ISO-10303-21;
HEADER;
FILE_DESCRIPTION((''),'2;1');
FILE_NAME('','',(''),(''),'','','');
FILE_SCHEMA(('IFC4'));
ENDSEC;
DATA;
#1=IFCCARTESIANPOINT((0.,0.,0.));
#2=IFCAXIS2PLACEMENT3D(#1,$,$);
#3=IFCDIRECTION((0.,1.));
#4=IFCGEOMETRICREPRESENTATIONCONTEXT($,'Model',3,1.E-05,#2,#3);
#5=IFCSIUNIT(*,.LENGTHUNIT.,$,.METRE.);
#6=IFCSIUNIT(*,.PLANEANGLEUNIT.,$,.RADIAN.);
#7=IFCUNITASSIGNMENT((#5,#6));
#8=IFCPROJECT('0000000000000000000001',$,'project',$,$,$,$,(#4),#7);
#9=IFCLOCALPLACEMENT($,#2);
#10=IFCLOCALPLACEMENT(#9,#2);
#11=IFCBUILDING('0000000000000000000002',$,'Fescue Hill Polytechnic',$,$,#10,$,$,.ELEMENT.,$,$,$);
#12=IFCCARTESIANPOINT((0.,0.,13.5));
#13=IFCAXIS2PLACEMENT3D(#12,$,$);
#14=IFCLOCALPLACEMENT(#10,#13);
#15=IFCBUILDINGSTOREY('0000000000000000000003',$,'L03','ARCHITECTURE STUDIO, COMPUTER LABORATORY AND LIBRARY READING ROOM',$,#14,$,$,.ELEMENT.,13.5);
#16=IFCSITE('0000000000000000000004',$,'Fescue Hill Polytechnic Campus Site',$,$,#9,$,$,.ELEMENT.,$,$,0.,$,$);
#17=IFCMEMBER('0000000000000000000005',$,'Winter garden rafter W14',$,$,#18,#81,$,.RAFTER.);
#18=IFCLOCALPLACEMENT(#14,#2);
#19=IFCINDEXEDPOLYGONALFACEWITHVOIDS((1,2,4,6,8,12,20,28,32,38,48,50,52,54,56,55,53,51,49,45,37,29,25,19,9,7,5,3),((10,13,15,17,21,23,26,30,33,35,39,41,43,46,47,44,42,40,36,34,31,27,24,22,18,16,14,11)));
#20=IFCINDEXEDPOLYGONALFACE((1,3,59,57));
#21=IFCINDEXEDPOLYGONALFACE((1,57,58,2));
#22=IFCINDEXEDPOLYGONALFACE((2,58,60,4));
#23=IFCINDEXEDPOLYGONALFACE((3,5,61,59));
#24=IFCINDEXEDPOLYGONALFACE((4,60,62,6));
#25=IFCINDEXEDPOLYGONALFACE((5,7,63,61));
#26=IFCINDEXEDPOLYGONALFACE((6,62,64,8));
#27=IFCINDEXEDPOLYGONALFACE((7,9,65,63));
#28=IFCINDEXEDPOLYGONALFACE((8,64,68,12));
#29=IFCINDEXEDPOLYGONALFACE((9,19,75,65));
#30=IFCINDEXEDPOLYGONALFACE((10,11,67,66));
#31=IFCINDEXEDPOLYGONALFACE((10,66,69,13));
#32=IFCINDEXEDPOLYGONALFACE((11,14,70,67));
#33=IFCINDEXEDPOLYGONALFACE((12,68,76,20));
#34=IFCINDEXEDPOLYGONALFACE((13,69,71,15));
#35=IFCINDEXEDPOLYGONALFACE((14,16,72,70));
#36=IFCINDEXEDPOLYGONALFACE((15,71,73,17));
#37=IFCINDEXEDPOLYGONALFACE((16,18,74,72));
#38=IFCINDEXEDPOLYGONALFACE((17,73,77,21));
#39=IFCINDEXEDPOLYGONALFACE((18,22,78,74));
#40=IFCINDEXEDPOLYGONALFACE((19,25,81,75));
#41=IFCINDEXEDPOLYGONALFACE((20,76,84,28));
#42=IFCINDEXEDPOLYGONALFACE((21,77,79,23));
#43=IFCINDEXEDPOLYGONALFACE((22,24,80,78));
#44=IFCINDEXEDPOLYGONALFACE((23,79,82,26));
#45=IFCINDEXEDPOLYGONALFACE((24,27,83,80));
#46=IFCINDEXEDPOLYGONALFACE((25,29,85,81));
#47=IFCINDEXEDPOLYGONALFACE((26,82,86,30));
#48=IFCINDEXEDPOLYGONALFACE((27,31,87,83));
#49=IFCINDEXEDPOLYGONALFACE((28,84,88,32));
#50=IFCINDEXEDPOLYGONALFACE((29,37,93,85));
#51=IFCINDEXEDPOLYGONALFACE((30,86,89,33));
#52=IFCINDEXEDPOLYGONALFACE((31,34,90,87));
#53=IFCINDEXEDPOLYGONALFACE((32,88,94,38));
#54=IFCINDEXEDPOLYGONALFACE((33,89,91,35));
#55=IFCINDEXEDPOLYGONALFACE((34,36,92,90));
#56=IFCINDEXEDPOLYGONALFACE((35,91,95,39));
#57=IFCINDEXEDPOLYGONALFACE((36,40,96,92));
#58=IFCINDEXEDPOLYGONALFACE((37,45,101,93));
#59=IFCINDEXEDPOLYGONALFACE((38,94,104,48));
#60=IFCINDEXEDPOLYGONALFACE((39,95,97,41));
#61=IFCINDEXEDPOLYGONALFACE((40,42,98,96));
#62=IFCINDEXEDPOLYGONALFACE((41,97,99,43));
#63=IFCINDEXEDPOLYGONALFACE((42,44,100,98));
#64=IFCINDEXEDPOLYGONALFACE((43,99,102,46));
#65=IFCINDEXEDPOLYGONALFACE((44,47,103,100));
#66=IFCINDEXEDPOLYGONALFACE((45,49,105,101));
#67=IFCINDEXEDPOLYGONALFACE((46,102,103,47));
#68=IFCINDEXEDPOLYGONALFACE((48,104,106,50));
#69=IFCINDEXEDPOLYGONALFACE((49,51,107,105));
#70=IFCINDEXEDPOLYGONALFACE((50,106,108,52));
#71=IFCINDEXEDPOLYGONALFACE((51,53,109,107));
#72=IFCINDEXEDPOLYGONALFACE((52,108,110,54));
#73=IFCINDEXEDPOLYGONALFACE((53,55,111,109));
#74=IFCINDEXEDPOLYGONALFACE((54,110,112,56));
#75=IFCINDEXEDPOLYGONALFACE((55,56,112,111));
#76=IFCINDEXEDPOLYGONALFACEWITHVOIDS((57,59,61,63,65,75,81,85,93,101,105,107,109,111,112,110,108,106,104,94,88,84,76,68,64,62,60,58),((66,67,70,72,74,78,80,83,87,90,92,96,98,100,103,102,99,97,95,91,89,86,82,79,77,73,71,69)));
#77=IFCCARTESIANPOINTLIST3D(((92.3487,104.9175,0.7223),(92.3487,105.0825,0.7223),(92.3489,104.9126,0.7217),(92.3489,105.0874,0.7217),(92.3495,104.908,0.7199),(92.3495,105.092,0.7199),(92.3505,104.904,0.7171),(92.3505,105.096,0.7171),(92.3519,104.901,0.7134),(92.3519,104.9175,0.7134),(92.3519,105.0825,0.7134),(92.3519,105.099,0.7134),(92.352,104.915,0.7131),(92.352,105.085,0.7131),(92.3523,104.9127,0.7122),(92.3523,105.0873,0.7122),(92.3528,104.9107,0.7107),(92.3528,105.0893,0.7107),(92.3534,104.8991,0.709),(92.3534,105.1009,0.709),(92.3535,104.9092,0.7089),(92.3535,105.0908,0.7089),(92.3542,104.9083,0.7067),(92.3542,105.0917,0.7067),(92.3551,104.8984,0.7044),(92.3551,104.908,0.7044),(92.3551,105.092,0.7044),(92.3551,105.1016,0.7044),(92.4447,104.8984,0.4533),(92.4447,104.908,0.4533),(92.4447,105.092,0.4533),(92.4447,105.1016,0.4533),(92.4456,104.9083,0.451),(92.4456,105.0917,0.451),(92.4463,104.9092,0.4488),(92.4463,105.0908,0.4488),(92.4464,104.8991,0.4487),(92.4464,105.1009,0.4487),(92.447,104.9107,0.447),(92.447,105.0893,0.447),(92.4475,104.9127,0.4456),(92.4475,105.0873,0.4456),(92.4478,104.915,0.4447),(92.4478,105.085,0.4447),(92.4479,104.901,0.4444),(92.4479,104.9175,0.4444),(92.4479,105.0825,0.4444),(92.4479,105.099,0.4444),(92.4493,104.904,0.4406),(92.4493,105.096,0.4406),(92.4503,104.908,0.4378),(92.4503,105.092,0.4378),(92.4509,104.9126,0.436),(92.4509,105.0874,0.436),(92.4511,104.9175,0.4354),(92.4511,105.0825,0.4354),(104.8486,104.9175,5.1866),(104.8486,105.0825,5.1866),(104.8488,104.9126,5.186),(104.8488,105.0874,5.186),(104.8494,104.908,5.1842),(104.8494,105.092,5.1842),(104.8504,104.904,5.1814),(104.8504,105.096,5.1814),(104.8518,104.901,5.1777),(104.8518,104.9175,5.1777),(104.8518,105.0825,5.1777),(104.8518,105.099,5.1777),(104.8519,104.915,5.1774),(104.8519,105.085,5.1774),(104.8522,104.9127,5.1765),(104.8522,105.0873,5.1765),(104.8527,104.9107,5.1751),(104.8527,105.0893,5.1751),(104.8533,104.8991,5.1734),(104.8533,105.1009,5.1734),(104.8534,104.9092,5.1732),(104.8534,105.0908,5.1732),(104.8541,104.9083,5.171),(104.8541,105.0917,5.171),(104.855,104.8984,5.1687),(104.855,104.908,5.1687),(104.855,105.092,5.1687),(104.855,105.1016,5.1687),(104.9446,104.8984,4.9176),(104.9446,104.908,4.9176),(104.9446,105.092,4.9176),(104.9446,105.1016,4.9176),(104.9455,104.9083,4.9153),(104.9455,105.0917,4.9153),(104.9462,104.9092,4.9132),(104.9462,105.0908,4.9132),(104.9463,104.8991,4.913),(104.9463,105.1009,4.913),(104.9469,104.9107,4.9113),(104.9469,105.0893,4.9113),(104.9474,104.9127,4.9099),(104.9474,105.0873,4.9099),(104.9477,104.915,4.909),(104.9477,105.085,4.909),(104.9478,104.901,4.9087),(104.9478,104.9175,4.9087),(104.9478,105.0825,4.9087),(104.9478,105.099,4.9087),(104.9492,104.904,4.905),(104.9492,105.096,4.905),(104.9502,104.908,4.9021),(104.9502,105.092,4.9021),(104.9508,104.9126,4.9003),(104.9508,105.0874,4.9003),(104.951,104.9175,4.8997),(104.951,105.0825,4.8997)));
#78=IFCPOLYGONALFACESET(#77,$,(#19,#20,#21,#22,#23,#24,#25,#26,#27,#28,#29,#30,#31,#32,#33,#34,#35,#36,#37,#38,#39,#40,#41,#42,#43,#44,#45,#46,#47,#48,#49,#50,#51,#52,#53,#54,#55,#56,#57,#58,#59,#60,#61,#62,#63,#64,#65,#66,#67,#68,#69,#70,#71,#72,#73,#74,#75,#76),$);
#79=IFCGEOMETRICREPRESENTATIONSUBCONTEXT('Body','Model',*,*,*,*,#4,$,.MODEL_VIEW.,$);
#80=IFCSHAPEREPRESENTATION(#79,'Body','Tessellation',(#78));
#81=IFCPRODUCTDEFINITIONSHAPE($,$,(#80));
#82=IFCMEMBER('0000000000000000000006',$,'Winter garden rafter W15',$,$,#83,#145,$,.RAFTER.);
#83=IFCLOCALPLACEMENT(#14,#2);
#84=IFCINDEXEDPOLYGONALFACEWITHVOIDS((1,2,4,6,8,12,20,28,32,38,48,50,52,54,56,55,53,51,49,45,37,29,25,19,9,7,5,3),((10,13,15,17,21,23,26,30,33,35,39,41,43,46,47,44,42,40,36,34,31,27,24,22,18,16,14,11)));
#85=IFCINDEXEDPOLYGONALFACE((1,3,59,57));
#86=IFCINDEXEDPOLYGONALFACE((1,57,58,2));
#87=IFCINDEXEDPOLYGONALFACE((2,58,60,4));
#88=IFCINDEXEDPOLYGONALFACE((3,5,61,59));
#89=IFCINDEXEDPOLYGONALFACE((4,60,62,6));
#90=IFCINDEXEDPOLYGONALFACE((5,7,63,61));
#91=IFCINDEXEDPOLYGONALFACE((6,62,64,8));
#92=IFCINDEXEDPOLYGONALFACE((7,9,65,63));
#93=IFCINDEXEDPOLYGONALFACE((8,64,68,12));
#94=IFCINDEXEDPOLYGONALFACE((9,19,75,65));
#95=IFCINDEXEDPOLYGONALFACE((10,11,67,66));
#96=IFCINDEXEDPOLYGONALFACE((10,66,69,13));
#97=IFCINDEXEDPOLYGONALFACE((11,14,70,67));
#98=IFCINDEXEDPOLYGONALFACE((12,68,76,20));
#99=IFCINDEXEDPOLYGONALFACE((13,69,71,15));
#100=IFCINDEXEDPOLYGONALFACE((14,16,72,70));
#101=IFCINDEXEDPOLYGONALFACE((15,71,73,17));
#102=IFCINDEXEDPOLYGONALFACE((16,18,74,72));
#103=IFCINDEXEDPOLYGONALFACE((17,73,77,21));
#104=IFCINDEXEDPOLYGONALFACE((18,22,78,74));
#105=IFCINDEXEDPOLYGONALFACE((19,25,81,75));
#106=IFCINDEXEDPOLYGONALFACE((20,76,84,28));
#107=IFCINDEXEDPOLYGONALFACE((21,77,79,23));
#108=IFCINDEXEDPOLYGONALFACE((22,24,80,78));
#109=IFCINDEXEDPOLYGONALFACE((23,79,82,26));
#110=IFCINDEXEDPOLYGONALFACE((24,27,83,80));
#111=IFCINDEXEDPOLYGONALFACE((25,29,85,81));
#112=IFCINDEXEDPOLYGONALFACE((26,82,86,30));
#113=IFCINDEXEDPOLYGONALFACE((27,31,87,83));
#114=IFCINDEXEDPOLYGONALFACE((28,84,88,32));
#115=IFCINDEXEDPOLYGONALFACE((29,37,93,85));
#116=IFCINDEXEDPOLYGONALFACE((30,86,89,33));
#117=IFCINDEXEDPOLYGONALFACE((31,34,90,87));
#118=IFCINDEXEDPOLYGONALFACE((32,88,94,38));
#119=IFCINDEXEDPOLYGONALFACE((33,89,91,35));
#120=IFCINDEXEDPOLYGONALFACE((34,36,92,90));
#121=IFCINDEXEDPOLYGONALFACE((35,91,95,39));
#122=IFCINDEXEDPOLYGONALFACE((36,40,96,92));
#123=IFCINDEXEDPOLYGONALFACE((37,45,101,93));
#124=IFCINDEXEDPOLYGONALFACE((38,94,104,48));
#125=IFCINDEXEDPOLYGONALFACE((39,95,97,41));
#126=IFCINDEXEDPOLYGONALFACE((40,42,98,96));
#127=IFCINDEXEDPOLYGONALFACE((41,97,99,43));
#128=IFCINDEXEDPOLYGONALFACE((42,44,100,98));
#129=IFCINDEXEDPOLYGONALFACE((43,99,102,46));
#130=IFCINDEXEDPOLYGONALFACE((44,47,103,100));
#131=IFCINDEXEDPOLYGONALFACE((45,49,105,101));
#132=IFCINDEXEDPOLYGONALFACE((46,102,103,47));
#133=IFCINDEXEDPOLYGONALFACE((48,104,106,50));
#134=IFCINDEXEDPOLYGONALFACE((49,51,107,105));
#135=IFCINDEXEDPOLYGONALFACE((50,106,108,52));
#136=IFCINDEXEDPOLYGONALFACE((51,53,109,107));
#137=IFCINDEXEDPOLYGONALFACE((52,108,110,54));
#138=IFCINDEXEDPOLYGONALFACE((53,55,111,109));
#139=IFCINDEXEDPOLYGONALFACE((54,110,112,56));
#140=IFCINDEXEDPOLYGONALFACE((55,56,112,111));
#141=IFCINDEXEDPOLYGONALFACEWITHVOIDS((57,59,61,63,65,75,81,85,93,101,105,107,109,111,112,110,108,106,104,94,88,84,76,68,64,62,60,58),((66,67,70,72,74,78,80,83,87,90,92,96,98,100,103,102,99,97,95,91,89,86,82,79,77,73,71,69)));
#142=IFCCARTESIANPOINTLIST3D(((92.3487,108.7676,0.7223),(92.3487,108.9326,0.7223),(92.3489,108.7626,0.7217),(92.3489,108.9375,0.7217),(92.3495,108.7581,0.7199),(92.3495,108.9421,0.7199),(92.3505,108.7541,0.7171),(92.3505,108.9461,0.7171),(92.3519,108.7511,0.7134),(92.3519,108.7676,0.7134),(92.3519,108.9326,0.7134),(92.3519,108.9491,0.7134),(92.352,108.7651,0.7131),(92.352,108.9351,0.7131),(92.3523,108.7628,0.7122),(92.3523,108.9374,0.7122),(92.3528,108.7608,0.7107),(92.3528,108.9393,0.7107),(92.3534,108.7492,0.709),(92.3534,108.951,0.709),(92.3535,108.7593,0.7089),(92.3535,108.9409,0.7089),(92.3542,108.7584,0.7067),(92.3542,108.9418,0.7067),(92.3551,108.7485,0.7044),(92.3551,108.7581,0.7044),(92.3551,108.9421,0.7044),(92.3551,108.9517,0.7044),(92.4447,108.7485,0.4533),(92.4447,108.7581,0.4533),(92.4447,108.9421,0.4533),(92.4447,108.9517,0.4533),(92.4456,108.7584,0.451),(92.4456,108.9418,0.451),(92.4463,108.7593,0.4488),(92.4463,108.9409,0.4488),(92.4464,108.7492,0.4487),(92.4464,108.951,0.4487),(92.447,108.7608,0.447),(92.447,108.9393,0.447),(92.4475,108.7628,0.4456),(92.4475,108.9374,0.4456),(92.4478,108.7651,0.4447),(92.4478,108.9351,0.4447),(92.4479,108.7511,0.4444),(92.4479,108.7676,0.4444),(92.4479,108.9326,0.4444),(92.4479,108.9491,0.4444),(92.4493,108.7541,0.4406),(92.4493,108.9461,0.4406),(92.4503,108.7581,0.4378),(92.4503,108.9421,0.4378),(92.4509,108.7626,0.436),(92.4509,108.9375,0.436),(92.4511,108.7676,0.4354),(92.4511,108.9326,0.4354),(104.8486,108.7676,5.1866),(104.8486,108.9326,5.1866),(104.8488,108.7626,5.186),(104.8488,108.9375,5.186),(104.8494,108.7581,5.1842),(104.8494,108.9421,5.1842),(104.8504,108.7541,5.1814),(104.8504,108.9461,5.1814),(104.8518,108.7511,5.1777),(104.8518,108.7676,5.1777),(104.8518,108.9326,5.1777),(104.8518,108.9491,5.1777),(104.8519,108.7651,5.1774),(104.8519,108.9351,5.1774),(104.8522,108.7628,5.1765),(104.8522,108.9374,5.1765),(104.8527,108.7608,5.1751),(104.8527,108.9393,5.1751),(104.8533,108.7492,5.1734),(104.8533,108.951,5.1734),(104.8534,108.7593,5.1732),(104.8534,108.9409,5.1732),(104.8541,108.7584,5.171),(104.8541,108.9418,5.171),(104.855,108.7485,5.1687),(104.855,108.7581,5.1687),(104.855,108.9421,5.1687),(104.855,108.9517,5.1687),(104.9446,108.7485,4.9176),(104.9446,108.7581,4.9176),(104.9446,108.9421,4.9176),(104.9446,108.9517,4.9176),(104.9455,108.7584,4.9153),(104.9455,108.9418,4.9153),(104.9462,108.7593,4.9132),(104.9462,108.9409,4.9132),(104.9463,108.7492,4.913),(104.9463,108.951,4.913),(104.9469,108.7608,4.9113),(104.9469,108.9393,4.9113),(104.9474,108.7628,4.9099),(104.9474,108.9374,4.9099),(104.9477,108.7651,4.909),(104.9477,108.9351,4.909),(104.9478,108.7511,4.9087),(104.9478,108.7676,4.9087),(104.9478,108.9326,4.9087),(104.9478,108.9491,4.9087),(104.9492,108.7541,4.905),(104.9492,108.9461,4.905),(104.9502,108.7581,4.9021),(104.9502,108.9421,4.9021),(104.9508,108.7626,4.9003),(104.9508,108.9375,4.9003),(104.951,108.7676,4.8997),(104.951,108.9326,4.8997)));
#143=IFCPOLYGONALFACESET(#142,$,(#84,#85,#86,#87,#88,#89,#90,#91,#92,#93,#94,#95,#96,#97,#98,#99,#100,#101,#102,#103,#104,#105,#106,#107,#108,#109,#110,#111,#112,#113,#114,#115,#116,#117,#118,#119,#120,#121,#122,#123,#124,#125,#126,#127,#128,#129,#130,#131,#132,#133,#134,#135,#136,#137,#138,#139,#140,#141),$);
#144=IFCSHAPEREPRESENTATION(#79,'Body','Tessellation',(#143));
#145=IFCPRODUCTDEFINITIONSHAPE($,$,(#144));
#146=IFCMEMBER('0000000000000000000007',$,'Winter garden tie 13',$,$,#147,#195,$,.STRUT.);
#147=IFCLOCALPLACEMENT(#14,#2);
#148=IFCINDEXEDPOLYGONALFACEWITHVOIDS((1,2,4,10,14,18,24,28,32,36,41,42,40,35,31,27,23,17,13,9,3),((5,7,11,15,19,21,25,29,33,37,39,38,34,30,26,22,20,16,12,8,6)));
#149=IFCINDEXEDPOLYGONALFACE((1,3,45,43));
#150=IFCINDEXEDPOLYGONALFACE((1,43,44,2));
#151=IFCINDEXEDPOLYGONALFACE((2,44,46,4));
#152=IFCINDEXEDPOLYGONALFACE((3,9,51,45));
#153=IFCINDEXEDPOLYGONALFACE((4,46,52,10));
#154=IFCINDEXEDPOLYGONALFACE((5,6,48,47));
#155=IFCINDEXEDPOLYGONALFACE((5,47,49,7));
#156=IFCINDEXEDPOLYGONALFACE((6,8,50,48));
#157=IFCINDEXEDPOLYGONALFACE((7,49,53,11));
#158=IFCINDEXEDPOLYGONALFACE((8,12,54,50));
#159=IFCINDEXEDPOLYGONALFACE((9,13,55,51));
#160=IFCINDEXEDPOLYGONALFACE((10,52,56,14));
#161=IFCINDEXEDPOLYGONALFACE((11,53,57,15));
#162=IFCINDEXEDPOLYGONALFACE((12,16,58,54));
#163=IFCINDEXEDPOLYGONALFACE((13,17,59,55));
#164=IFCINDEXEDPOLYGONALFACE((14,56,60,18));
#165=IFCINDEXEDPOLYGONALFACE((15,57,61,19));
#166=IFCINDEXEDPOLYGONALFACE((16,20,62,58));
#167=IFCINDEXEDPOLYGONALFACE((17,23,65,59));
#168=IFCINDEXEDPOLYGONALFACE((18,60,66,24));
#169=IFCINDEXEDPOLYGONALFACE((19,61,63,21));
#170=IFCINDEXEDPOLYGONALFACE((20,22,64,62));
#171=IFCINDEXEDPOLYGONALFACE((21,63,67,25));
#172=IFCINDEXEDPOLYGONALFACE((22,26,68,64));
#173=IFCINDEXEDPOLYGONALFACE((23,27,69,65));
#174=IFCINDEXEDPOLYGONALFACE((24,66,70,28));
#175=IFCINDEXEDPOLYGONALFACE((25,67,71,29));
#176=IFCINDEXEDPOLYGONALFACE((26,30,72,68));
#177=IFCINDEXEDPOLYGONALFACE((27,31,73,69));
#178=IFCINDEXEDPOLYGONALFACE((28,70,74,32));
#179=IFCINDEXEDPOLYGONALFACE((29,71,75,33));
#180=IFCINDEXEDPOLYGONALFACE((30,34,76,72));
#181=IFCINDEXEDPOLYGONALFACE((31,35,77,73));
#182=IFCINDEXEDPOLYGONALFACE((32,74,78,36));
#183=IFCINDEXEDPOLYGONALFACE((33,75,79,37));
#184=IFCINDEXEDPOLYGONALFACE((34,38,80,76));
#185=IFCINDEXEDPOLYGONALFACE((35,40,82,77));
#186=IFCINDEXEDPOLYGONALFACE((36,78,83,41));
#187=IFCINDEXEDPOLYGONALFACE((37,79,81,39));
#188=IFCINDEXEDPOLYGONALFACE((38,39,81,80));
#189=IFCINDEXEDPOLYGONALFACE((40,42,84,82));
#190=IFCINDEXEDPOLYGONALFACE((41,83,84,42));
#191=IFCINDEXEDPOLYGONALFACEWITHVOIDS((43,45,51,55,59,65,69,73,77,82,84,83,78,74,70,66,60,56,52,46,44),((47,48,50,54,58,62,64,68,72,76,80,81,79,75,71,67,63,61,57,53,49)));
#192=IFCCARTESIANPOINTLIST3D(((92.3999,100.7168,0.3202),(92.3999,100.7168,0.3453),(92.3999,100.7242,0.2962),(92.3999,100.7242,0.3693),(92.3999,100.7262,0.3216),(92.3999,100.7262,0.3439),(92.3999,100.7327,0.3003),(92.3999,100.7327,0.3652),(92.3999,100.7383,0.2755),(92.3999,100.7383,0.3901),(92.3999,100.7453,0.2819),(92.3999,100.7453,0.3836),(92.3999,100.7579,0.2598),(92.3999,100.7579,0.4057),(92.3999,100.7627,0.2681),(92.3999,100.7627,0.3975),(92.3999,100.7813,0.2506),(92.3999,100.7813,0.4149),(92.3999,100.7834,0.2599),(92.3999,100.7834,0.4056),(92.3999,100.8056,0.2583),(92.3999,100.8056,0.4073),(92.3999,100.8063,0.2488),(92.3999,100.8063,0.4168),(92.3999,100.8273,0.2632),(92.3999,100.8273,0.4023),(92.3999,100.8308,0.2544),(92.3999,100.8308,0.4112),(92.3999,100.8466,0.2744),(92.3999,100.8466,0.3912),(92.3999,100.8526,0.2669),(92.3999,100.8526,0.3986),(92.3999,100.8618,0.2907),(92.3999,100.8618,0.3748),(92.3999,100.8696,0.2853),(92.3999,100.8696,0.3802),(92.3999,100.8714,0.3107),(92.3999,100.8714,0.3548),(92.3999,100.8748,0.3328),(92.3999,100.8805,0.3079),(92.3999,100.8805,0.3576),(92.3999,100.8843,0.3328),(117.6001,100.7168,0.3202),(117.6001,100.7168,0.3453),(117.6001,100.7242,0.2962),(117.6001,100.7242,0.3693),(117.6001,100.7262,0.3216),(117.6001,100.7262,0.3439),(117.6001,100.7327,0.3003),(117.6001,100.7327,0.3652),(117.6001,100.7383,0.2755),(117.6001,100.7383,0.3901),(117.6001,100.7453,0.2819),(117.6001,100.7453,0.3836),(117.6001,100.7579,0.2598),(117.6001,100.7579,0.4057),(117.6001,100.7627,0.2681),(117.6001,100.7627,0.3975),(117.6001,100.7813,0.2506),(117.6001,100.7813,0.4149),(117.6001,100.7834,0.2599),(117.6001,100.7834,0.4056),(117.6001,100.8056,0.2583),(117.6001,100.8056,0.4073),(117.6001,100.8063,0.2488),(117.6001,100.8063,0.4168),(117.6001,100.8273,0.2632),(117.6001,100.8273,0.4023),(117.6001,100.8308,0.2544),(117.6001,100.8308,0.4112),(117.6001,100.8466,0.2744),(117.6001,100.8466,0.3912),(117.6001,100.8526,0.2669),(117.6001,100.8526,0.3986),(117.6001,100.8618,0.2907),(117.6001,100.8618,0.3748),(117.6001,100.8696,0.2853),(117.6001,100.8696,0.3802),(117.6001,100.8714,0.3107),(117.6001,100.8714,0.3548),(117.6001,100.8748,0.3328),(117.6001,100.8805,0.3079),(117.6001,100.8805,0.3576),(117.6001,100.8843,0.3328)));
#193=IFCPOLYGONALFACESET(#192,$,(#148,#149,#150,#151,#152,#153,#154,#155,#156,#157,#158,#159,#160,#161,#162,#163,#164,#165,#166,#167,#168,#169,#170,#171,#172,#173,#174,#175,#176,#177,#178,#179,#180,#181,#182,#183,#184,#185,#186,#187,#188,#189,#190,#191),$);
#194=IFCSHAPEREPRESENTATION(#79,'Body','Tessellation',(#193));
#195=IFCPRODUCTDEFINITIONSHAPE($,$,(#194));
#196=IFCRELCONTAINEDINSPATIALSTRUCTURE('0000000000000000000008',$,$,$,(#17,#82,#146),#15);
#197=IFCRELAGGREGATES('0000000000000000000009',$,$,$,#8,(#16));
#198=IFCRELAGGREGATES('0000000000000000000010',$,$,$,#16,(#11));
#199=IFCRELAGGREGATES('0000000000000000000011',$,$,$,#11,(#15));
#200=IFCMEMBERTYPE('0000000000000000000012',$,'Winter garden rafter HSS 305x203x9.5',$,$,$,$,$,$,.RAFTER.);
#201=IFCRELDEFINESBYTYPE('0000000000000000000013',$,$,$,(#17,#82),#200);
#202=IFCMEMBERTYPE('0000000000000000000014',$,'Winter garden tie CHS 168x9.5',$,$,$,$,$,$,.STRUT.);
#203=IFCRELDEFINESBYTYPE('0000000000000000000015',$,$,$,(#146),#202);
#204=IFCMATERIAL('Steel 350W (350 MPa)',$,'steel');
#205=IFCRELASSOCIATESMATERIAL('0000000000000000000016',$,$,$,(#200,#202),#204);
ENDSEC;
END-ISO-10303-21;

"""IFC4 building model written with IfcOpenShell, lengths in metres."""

from ifc_helpers import new_model, si_unit, direction, frame, origin, origin_2d, place, context, subcontext, project, spatial, hollow_rectangle, hollow_circle, extrude, material, material_profile, profile_set, type_object, element, save


model = new_model("IFC4")

# Units and contexts
model_context = context("Model", 3, precision=1e-05, world=origin(), true_north=direction((0.0, 1.0)))
body_context = subcontext(model_context, "Body", "Model", "MODEL_VIEW")
ifc_project = project(units=[si_unit("LENGTHUNIT", "METRE"), si_unit("PLANEANGLEUNIT", "RADIAN")], contexts=[model_context])

# Site, building, storey
site_placement = place(None, origin())
site = spatial("IfcSite", under=ifc_project, at=site_placement, Name="Fescue Hill Polytechnic Campus Site", CompositionType="ELEMENT", RefElevation=0.0)
building_placement = place(site_placement, origin())
building = spatial("IfcBuilding", under=site, at=building_placement, Name="Fescue Hill Polytechnic", CompositionType="ELEMENT")
storey_placement = place(building_placement, frame((0.0, 0.0, 13.5)))
storey = spatial("IfcBuildingStorey", under=building, at=storey_placement, Name="L03", Description="ARCHITECTURE STUDIO, COMPUTER LABORATORY AND LIBRARY READING ROOM", CompositionType="ELEMENT", Elevation=13.5)

# Members
ifc_material_1 = material(Name="Steel 350W (350 MPa)", Category="steel")
ifc_material_profile_1 = material_profile(ifc_material_1, hollow_rectangle(XDim=0.2031, YDim=0.3047, WallThickness=0.0095, InnerFilletRadius=0.0095, OuterFilletRadius=0.019, at=origin_2d()), Name="Winter garden rafter HSS 305x203x9.5")
ifc_profile_set_1 = profile_set([ifc_material_profile_1], Name="Steel 350W (350 MPa)")
member_type_1 = type_object("IfcMemberType", Name="Winter garden rafter HSS 305x203x9.5", PredefinedType="RAFTER", material=ifc_profile_set_1)
for number, where, z_axis, x_axis, name in (
    (1, (92.3999, 105.0, 0.5789), (0.94174, 0.0, 0.336341), (0.0, 1.0, 0.0), "Winter garden rafter W14"),
    (2, (92.3999, 108.8501, 0.5789), (0.94174, 0.0, 0.336341), (0.0, 1.0, 0.0), "Winter garden rafter W15"),
):
    element("IfcMember", number, at=place(storey_placement, frame(where, z_axis=z_axis, x_axis=x_axis)), inside=storey, type_object=member_type_1, Name=name, PredefinedType="RAFTER", context=body_context, shape_type="SweptSolid", body=[
        extrude(hollow_rectangle(XDim=0.2031, YDim=0.3047, WallThickness=0.0095, InnerFilletRadius=0.0095, OuterFilletRadius=0.019, at=origin_2d()), origin(), (0.0, 0.0, 1.0), 13.2732),
    ])
ifc_material_profile_2 = material_profile(ifc_material_1, hollow_circle(Radius=0.0842, WallThickness=0.0095, at=origin_2d()), Name="Winter garden tie CHS 168x9.5")
ifc_profile_set_2 = profile_set([ifc_material_profile_2], Name="Steel 350W (350 MPa)")
member_type_2 = type_object("IfcMemberType", Name="Winter garden tie CHS 168x9.5", PredefinedType="STRUT", material=ifc_profile_set_2)
for number, where, z_axis, x_axis, name in (
    (3, (92.3999, 100.8, 0.3328), (1.0, 0.0, 0.0), (0.0, 1.0, 0.0), "Winter garden tie 13"),
):
    element("IfcMember", number, at=place(storey_placement, frame(where, z_axis=z_axis, x_axis=x_axis)), inside=storey, type_object=member_type_2, Name=name, PredefinedType="STRUT", context=body_context, shape_type="SweptSolid", body=[
        extrude(hollow_circle(Radius=0.0842, WallThickness=0.0095, at=origin_2d()), origin(), (0.0, 0.0, 1.0), 25.2002),
    ])

save(model, "model.ifc")
